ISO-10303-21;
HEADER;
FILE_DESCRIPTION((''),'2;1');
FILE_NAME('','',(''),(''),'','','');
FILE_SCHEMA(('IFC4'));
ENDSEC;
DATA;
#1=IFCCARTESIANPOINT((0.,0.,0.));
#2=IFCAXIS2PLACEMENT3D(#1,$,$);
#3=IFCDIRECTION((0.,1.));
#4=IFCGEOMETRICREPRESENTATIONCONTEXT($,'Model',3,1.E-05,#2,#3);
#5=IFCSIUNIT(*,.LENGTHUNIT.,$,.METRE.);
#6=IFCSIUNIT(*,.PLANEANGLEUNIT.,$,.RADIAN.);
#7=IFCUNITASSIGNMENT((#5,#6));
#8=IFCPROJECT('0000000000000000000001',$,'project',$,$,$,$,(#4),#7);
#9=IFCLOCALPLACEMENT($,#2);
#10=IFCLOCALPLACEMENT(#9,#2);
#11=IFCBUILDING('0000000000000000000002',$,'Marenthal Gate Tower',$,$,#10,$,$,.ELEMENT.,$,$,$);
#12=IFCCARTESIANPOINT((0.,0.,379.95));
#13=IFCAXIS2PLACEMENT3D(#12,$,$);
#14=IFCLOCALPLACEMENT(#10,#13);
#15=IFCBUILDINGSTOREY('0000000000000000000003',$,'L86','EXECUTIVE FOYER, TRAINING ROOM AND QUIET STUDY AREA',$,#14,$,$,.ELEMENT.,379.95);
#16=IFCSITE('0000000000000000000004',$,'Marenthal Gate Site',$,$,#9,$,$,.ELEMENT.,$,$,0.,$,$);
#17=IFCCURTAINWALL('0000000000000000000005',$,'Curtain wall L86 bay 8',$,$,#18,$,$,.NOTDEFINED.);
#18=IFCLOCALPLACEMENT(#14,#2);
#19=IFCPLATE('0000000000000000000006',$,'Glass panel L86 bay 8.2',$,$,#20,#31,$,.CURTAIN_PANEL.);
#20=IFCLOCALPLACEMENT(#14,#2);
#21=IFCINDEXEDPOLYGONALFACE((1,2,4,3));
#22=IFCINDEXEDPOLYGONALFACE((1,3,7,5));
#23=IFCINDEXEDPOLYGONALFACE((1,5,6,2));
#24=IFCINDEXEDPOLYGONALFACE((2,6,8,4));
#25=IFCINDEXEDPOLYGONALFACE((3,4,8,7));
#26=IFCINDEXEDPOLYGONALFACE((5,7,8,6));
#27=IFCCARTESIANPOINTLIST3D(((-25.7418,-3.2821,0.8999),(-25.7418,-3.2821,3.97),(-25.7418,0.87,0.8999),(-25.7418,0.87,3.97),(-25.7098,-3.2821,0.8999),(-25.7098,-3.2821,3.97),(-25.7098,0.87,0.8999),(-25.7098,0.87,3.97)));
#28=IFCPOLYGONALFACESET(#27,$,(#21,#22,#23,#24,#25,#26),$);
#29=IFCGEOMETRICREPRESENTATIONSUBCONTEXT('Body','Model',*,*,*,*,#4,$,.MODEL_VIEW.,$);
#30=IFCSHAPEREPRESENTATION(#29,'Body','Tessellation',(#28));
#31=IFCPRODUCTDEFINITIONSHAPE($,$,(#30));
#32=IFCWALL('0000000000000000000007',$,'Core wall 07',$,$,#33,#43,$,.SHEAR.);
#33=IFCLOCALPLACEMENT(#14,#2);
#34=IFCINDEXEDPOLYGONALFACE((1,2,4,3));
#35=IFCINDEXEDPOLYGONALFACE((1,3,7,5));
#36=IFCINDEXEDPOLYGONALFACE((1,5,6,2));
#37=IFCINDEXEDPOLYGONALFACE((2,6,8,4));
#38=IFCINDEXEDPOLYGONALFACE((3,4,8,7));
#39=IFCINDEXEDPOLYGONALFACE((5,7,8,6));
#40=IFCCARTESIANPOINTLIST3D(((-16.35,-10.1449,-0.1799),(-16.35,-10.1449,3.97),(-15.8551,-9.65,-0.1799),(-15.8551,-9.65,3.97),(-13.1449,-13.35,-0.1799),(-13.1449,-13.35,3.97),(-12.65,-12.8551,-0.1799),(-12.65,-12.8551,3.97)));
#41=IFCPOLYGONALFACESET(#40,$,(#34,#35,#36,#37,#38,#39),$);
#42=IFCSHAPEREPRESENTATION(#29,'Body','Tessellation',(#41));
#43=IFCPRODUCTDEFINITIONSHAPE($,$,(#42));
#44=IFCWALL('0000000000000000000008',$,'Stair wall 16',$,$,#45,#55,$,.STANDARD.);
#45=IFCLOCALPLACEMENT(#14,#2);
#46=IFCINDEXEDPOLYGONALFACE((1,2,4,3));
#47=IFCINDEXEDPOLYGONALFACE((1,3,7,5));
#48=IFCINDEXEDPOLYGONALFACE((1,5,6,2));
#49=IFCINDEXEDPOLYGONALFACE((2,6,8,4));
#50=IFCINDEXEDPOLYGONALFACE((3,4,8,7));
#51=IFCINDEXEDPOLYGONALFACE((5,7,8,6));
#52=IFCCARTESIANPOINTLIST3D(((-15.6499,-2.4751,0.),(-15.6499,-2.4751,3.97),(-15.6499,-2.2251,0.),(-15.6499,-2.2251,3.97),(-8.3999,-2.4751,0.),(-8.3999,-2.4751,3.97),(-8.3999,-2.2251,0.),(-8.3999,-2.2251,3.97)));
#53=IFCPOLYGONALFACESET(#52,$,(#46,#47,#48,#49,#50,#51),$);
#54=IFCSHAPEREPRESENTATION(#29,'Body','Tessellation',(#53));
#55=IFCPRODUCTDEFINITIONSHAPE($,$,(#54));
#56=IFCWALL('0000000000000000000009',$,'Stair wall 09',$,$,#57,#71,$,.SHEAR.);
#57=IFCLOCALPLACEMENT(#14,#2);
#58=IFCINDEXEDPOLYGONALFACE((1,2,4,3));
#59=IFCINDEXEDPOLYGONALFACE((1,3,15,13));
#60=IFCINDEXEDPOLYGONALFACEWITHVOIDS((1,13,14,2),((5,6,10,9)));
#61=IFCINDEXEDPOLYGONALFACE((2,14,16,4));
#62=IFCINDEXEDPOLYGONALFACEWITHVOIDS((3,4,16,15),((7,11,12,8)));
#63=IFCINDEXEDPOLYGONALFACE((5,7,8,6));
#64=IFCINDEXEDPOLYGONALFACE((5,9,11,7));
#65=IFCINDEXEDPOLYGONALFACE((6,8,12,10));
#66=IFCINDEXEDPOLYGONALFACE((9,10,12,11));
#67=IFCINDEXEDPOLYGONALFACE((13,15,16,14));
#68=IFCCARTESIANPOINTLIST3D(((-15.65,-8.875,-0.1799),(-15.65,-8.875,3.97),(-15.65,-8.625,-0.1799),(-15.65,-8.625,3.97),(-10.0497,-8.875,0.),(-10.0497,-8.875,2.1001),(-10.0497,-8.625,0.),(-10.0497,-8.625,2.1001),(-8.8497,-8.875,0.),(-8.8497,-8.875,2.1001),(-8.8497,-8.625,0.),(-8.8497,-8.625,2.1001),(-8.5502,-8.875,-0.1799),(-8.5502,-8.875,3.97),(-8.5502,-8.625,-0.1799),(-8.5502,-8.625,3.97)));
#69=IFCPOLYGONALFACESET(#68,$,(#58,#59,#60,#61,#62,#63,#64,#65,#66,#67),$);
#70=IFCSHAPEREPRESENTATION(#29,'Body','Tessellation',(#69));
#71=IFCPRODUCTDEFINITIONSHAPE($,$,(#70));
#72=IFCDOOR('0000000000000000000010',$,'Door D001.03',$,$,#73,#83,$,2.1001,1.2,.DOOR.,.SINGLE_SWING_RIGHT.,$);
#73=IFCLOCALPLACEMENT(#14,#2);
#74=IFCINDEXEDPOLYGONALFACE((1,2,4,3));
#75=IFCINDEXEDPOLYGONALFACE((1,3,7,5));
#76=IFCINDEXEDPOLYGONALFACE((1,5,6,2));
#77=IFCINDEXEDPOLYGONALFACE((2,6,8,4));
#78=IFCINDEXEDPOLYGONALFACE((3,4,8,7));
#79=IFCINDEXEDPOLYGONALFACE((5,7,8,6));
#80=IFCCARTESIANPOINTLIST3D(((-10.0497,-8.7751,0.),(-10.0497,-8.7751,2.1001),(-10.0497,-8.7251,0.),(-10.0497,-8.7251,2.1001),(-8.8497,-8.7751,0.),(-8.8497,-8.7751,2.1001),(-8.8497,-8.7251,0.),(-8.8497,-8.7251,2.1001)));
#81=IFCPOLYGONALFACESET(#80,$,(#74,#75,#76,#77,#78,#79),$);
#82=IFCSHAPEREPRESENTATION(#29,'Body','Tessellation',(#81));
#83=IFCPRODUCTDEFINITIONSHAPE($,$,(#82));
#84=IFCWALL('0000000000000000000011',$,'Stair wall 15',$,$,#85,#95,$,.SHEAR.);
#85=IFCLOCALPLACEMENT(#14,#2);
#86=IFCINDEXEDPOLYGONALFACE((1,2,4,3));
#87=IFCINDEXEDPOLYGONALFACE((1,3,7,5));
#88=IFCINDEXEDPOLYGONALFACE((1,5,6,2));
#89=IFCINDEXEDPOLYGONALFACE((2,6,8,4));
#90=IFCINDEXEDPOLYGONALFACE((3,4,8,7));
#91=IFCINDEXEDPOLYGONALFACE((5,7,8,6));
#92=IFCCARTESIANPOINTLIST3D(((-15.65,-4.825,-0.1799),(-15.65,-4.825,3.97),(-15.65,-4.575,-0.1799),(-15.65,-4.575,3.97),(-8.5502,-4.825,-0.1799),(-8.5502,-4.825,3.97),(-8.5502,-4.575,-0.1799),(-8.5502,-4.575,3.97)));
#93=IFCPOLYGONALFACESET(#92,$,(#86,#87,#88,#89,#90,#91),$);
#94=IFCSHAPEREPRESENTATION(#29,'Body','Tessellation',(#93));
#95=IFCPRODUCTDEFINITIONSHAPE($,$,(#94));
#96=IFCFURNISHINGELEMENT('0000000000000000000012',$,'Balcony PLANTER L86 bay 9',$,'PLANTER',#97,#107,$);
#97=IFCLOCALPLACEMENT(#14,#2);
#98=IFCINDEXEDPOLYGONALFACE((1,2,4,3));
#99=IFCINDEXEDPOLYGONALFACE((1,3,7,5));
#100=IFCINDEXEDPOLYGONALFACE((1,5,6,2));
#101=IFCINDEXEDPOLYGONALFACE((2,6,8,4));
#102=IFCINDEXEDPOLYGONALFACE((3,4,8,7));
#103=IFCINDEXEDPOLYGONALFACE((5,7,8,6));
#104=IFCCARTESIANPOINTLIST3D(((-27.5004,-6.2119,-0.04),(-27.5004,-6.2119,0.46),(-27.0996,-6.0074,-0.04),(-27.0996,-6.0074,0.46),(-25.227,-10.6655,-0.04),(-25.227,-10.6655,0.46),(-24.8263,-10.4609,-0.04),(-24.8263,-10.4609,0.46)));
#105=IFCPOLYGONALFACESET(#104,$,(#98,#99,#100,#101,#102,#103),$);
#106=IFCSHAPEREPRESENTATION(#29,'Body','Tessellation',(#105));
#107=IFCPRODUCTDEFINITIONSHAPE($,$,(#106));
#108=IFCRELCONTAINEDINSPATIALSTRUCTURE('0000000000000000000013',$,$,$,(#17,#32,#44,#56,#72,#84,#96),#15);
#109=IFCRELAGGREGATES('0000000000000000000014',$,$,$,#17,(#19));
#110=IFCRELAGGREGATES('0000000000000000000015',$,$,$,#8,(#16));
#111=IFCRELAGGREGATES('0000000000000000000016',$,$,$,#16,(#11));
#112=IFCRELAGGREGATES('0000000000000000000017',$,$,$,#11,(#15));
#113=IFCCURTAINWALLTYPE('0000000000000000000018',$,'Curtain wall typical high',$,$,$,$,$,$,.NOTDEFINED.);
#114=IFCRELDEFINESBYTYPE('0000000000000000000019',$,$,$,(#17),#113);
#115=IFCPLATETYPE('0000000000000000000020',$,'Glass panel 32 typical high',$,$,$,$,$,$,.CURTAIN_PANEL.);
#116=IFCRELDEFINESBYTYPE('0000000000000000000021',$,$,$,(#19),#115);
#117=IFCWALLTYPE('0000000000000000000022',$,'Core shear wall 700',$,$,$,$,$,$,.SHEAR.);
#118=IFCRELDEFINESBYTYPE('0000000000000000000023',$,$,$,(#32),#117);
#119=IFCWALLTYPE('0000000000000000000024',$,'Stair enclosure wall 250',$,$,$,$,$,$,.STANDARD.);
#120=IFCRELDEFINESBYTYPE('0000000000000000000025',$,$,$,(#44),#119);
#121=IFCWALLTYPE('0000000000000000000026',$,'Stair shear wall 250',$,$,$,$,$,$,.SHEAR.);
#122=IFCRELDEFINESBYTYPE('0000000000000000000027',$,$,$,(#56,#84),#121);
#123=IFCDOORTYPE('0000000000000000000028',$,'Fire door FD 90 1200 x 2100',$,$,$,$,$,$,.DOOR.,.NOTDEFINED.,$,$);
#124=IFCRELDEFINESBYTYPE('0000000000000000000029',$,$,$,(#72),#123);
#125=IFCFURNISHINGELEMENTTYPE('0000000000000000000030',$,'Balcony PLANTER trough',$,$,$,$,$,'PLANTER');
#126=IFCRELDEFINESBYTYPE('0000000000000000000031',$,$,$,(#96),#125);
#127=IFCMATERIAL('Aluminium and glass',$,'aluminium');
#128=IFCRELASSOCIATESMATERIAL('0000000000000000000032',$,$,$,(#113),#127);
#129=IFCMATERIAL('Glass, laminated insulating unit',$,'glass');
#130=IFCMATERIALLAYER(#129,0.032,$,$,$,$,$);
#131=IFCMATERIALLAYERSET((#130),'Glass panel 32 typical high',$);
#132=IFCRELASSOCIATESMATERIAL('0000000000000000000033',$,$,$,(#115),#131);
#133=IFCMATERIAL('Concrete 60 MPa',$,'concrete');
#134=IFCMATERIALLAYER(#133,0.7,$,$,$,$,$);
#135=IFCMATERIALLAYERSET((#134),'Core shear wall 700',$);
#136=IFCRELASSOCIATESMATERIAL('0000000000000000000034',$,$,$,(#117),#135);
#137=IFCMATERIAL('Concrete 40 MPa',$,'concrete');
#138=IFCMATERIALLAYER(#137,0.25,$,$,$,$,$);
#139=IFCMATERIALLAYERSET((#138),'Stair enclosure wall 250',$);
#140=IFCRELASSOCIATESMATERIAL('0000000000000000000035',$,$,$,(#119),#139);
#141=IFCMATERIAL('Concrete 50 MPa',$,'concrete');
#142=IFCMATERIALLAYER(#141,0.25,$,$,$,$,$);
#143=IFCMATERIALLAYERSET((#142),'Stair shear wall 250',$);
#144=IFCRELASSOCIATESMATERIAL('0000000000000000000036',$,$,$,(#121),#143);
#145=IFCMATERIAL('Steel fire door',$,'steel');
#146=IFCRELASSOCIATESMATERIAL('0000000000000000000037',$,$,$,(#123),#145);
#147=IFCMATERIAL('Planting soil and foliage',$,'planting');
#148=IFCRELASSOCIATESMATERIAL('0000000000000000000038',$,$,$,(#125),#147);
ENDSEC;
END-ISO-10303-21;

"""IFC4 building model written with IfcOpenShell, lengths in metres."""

from ifc_helpers import new_model, si_unit, direction, frame, frame_2d, origin, origin_2d, place, context, subcontext, project, spatial, rectangle, extrude, material, layer, layer_set, type_object, element, fill, aggregate, save


model = new_model("IFC4")

# Units and contexts
model_context = context("Model", 3, precision=1e-05, world=origin(), true_north=direction((0.0, 1.0)))
body_context = subcontext(model_context, "Body", "Model", "MODEL_VIEW")
ifc_project = project(units=[si_unit("LENGTHUNIT", "METRE"), si_unit("PLANEANGLEUNIT", "RADIAN")], contexts=[model_context])

# Site, building, storey
site_placement = place(None, origin())
site = spatial("IfcSite", under=ifc_project, at=site_placement, Name="Marenthal Gate Site", CompositionType="ELEMENT", RefElevation=0.0)
building_placement = place(site_placement, origin())
building = spatial("IfcBuilding", under=site, at=building_placement, Name="Marenthal Gate Tower", CompositionType="ELEMENT")
storey_placement = place(building_placement, frame((0.0, 0.0, 379.95)))
storey = spatial("IfcBuildingStorey", under=building, at=storey_placement, Name="L86", Description="EXECUTIVE FOYER, TRAINING ROOM AND QUIET STUDY AREA", CompositionType="ELEMENT", Elevation=379.95)

# Curtain wall
ifc_material_1 = material(Name="Aluminium and glass", Category="aluminium")
curtain_wall_type = type_object("IfcCurtainWallType", Name="Curtain wall typical high", PredefinedType="NOTDEFINED", material=ifc_material_1)
curtain_wall_placement = place(storey_placement, origin())
curtain_wall = element("IfcCurtainWall", 1, at=curtain_wall_placement, inside=storey, type_object=curtain_wall_type, Name="Curtain wall L86 bay 8", PredefinedType="NOTDEFINED")

# Plate
ifc_material_2 = material(Name="Glass, laminated insulating unit", Category="glass")
ifc_layer_1 = layer(ifc_material_2, 0.032)
ifc_layer_set_1 = layer_set([ifc_layer_1], Name="Glass panel 32 typical high")
plate_type = type_object("IfcPlateType", Name="Glass panel 32 typical high", PredefinedType="CURTAIN_PANEL", material=ifc_layer_set_1)
plate_placement = place(storey_placement, frame((-25.7258, -1.2061, 0.8999), z_axis=(0.0, 0.0, 1.0), x_axis=(0.0, -1.0, 0.0)))
plate = element("IfcPlate", 2, at=plate_placement, type_object=plate_type, Name="Glass panel L86 bay 8.2", PredefinedType="CURTAIN_PANEL", context=body_context, shape_type="SweptSolid", body=[
    extrude(rectangle(XDim=4.1521, YDim=0.032, at=origin_2d()), origin(), (0.0, 0.0, 1.0), 3.0701),
])
aggregate(curtain_wall, [plate])

# Walls
ifc_material_3 = material(Name="Concrete 60 MPa", Category="concrete")
ifc_layer_2 = layer(ifc_material_3, 0.7)
ifc_layer_set_2 = layer_set([ifc_layer_2], Name="Core shear wall 700")
wall_type_1 = type_object("IfcWallType", Name="Core shear wall 700", PredefinedType="SHEAR", material=ifc_layer_set_2)
wall_1_placement = place(storey_placement, frame((-16.1025, -9.8975, -0.1799), z_axis=(0.0, 0.0, 1.0), x_axis=(0.707107, -0.707107, 0.0)))
element("IfcWall", 3, at=wall_1_placement, inside=storey, type_object=wall_type_1, Name="Core wall 07", PredefinedType="SHEAR", context=body_context, shape_type="SweptSolid", body=[
    extrude(rectangle(XDim=4.5327, YDim=0.7, at=frame_2d((2.2664, 0.0))), origin(), (0.0, 0.0, 1.0), 4.1499),
])
ifc_material_4 = material(Name="Concrete 40 MPa", Category="concrete")
ifc_layer_3 = layer(ifc_material_4, 0.25)
ifc_layer_set_3 = layer_set([ifc_layer_3], Name="Stair enclosure wall 250")
wall_type_2 = type_object("IfcWallType", Name="Stair enclosure wall 250", PredefinedType="STANDARD", material=ifc_layer_set_3)
wall_2_placement = place(storey_placement, frame((-15.6499, -2.3501, 0.0), z_axis=(0.0, 0.0, 1.0), x_axis=(1.0, 0.0, 0.0)))
element("IfcWall", 4, at=wall_2_placement, inside=storey, type_object=wall_type_2, Name="Stair wall 16", PredefinedType="STANDARD", context=body_context, shape_type="SweptSolid", body=[
    extrude(rectangle(XDim=7.25, YDim=0.25, at=frame_2d((3.625, 0.0))), origin(), (0.0, 0.0, 1.0), 3.97),
])

# Wall, opening, door
ifc_material_5 = material(Name="Concrete 50 MPa", Category="concrete")
ifc_layer_4 = layer(ifc_material_5, 0.25)
ifc_layer_set_4 = layer_set([ifc_layer_4], Name="Stair shear wall 250")
wall_type_3 = type_object("IfcWallType", Name="Stair shear wall 250", PredefinedType="SHEAR", material=ifc_layer_set_4)
wall_3_placement = place(storey_placement, frame((-15.6499, -8.75, -0.1799), z_axis=(0.0, 0.0, 1.0), x_axis=(1.0, 0.0, 0.0)))
wall_3 = element("IfcWall", 5, at=wall_3_placement, inside=storey, type_object=wall_type_3, Name="Stair wall 09", PredefinedType="SHEAR", context=body_context, shape_type="SweptSolid", body=[
    extrude(rectangle(XDim=7.0999, YDim=0.25, at=frame_2d((3.5498, 0.0))), origin(), (0.0, 0.0, 1.0), 4.1499),
])
opening_1_placement = place(wall_3_placement, frame((5.6001, 0.0, 0.1799)))
opening_1 = element("IfcOpeningElement", 6, at=opening_1_placement, cuts=wall_3, PredefinedType="OPENING", context=body_context, shape_type="SweptSolid", body=[
    extrude(rectangle(XDim=1.2, YDim=2.1001, at=frame_2d((0.6001, 1.05))), frame((0.0, 0.135, 0.0), z_axis=(0.0, -1.0, 0.0), x_axis=(1.0, 0.0, 0.0)), (0.0, 0.0, 1.0), 0.27),
])
ifc_material_6 = material(Name="Steel fire door", Category="steel")
door_type_1 = type_object("IfcDoorType", Name="Fire door FD 90 1200 x 2100", OperationType="NOTDEFINED", PredefinedType="DOOR", material=ifc_material_6)
door_1_placement = place(opening_1_placement, origin())
door_1 = element("IfcDoor", 7, at=door_1_placement, inside=storey, type_object=door_type_1, Name="Door D001.03", OperationType="SINGLE_SWING_RIGHT", OverallHeight=2.1001, OverallWidth=1.2, PredefinedType="DOOR", context=body_context, shape_type="SweptSolid", body=[
    extrude(rectangle(XDim=1.2, YDim=2.1001, at=frame_2d((0.6001, 1.05))), frame((0.0, 0.0249, 0.0), z_axis=(0.0, -1.0, 0.0), x_axis=(1.0, 0.0, 0.0)), (0.0, 0.0, 1.0), 0.05),
])
fill(opening_1, door_1)

# Wall
wall_4_placement = place(storey_placement, frame((-15.6499, -4.7, -0.1799), z_axis=(0.0, 0.0, 1.0), x_axis=(1.0, 0.0, 0.0)))
element("IfcWall", 8, at=wall_4_placement, inside=storey, type_object=wall_type_3, Name="Stair wall 15", PredefinedType="SHEAR", context=body_context, shape_type="SweptSolid", body=[
    extrude(rectangle(XDim=7.0999, YDim=0.25, at=frame_2d((3.5498, 0.0))), origin(), (0.0, 0.0, 1.0), 4.1499),
])

# Furnishing element
ifc_material_7 = material(Name="Planting soil and foliage", Category="planting")
furnishing_element_type = type_object("IfcFurnishingElementType", Name="Balcony PLANTER trough", ElementType="PLANTER", material=ifc_material_7)
furnishing_placement = place(storey_placement, frame((-26.1633, -8.3364, -0.04), z_axis=(0.0, 0.0, 1.0), x_axis=(0.454654, -0.890668, 0.0)))
element("IfcFurnishingElement", 9, at=furnishing_placement, inside=storey, type_object=furnishing_element_type, Name="Balcony PLANTER L86 bay 9", ObjectType="PLANTER", context=body_context, shape_type="SweptSolid", body=[
    extrude(rectangle(XDim=5.0002, YDim=0.45, at=origin_2d()), origin(), (0.0, 0.0, 1.0), 0.5),
])

save(model, "model.ifc")
